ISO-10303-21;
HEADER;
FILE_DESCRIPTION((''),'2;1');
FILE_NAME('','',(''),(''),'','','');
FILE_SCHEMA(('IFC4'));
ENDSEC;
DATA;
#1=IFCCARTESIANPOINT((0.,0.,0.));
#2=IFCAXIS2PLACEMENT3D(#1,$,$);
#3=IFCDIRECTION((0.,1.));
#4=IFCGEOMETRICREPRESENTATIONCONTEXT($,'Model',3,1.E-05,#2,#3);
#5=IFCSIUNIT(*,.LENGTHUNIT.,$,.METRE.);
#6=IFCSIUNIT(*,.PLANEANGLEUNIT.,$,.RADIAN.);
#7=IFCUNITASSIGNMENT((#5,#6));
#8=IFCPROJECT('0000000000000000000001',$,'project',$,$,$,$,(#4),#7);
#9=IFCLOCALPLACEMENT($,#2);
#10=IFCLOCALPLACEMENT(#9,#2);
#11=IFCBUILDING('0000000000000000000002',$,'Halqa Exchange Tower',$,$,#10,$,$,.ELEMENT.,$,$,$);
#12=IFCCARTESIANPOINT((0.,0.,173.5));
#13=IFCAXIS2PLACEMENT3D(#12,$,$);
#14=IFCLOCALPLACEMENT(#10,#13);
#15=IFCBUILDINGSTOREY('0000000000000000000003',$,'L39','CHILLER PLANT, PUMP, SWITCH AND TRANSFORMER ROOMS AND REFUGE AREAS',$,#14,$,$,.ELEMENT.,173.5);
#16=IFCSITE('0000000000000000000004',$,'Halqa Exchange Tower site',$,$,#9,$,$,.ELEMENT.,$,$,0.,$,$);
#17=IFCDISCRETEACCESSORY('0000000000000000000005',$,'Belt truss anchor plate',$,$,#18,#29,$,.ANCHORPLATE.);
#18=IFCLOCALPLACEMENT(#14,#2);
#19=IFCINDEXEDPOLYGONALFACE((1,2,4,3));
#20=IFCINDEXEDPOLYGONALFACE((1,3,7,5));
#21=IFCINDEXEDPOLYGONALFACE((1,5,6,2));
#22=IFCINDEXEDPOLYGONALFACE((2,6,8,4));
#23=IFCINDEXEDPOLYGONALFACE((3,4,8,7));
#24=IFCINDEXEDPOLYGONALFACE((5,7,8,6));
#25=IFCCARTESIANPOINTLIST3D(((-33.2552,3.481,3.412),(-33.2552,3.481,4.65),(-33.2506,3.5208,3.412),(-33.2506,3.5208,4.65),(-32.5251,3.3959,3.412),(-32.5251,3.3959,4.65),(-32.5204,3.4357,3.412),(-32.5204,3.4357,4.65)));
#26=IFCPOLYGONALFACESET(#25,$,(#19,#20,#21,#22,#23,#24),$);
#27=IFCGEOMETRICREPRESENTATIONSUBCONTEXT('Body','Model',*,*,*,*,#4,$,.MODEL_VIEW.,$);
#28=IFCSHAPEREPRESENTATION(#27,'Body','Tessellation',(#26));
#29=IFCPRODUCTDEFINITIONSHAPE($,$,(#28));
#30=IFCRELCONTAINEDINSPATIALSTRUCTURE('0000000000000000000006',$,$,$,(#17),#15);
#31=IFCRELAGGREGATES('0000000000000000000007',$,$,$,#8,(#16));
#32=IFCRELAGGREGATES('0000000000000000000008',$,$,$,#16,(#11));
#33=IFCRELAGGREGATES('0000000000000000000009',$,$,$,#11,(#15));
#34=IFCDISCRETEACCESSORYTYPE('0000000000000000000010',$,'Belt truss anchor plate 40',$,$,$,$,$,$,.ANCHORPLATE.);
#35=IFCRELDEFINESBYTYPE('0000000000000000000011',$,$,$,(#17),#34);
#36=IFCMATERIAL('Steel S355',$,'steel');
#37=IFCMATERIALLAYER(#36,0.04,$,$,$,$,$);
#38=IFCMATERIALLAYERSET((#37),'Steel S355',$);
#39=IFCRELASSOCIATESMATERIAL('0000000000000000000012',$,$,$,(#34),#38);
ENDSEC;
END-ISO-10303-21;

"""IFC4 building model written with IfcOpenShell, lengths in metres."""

from ifc_helpers import new_model, si_unit, direction, frame, origin, origin_2d, place, context, subcontext, project, spatial, rectangle, extrude, material, layer, layer_set, type_object, element, save


model = new_model("IFC4")

# Units and contexts
model_context = context("Model", 3, precision=1e-05, world=origin(), true_north=direction((0.0, 1.0)))
body_context = subcontext(model_context, "Body", "Model", "MODEL_VIEW")
ifc_project = project(units=[si_unit("LENGTHUNIT", "METRE"), si_unit("PLANEANGLEUNIT", "RADIAN")], contexts=[model_context])

# Site, building, storey
site_placement = place(None, origin())
site = spatial("IfcSite", under=ifc_project, at=site_placement, Name="Halqa Exchange Tower site", CompositionType="ELEMENT", RefElevation=0.0)
building_placement = place(site_placement, origin())
building = spatial("IfcBuilding", under=site, at=building_placement, Name="Halqa Exchange Tower", CompositionType="ELEMENT")
storey_placement = place(building_placement, frame((0.0, 0.0, 173.5)))
storey = spatial("IfcBuildingStorey", under=building, at=storey_placement, Name="L39", Description="CHILLER PLANT, PUMP, SWITCH AND TRANSFORMER ROOMS AND REFUGE AREAS", CompositionType="ELEMENT", Elevation=173.5)

# Shared definitions
ifc_material_1 = material(Name="Steel S355", Category="steel")

# Discrete accessory
ifc_layer_1 = layer(ifc_material_1, 0.04)
ifc_layer_set_1 = layer_set([ifc_layer_1], Name="Steel S355")
discrete_accessory_type = type_object("IfcDiscreteAccessoryType", Name="Belt truss anchor plate 40", PredefinedType="ANCHORPLATE", material=ifc_layer_set_1)
discrete_accessory_1_placement = place(storey_placement, frame((-32.8901, 3.4385, 4.031), z_axis=(0.115781, 0.993275, 0.0), x_axis=(-0.993275, 0.115781, 0.0)))
element("IfcDiscreteAccessory", 1, at=discrete_accessory_1_placement, inside=storey, type_object=discrete_accessory_type, Name="Belt truss anchor plate", PredefinedType="ANCHORPLATE", context=body_context, shape_type="SweptSolid", body=[
    extrude(rectangle(XDim=0.7351, YDim=1.238, at=origin_2d()), origin(), (0.0, 0.0, 1.0), 0.04),
])

save(model, "model.ifc")
